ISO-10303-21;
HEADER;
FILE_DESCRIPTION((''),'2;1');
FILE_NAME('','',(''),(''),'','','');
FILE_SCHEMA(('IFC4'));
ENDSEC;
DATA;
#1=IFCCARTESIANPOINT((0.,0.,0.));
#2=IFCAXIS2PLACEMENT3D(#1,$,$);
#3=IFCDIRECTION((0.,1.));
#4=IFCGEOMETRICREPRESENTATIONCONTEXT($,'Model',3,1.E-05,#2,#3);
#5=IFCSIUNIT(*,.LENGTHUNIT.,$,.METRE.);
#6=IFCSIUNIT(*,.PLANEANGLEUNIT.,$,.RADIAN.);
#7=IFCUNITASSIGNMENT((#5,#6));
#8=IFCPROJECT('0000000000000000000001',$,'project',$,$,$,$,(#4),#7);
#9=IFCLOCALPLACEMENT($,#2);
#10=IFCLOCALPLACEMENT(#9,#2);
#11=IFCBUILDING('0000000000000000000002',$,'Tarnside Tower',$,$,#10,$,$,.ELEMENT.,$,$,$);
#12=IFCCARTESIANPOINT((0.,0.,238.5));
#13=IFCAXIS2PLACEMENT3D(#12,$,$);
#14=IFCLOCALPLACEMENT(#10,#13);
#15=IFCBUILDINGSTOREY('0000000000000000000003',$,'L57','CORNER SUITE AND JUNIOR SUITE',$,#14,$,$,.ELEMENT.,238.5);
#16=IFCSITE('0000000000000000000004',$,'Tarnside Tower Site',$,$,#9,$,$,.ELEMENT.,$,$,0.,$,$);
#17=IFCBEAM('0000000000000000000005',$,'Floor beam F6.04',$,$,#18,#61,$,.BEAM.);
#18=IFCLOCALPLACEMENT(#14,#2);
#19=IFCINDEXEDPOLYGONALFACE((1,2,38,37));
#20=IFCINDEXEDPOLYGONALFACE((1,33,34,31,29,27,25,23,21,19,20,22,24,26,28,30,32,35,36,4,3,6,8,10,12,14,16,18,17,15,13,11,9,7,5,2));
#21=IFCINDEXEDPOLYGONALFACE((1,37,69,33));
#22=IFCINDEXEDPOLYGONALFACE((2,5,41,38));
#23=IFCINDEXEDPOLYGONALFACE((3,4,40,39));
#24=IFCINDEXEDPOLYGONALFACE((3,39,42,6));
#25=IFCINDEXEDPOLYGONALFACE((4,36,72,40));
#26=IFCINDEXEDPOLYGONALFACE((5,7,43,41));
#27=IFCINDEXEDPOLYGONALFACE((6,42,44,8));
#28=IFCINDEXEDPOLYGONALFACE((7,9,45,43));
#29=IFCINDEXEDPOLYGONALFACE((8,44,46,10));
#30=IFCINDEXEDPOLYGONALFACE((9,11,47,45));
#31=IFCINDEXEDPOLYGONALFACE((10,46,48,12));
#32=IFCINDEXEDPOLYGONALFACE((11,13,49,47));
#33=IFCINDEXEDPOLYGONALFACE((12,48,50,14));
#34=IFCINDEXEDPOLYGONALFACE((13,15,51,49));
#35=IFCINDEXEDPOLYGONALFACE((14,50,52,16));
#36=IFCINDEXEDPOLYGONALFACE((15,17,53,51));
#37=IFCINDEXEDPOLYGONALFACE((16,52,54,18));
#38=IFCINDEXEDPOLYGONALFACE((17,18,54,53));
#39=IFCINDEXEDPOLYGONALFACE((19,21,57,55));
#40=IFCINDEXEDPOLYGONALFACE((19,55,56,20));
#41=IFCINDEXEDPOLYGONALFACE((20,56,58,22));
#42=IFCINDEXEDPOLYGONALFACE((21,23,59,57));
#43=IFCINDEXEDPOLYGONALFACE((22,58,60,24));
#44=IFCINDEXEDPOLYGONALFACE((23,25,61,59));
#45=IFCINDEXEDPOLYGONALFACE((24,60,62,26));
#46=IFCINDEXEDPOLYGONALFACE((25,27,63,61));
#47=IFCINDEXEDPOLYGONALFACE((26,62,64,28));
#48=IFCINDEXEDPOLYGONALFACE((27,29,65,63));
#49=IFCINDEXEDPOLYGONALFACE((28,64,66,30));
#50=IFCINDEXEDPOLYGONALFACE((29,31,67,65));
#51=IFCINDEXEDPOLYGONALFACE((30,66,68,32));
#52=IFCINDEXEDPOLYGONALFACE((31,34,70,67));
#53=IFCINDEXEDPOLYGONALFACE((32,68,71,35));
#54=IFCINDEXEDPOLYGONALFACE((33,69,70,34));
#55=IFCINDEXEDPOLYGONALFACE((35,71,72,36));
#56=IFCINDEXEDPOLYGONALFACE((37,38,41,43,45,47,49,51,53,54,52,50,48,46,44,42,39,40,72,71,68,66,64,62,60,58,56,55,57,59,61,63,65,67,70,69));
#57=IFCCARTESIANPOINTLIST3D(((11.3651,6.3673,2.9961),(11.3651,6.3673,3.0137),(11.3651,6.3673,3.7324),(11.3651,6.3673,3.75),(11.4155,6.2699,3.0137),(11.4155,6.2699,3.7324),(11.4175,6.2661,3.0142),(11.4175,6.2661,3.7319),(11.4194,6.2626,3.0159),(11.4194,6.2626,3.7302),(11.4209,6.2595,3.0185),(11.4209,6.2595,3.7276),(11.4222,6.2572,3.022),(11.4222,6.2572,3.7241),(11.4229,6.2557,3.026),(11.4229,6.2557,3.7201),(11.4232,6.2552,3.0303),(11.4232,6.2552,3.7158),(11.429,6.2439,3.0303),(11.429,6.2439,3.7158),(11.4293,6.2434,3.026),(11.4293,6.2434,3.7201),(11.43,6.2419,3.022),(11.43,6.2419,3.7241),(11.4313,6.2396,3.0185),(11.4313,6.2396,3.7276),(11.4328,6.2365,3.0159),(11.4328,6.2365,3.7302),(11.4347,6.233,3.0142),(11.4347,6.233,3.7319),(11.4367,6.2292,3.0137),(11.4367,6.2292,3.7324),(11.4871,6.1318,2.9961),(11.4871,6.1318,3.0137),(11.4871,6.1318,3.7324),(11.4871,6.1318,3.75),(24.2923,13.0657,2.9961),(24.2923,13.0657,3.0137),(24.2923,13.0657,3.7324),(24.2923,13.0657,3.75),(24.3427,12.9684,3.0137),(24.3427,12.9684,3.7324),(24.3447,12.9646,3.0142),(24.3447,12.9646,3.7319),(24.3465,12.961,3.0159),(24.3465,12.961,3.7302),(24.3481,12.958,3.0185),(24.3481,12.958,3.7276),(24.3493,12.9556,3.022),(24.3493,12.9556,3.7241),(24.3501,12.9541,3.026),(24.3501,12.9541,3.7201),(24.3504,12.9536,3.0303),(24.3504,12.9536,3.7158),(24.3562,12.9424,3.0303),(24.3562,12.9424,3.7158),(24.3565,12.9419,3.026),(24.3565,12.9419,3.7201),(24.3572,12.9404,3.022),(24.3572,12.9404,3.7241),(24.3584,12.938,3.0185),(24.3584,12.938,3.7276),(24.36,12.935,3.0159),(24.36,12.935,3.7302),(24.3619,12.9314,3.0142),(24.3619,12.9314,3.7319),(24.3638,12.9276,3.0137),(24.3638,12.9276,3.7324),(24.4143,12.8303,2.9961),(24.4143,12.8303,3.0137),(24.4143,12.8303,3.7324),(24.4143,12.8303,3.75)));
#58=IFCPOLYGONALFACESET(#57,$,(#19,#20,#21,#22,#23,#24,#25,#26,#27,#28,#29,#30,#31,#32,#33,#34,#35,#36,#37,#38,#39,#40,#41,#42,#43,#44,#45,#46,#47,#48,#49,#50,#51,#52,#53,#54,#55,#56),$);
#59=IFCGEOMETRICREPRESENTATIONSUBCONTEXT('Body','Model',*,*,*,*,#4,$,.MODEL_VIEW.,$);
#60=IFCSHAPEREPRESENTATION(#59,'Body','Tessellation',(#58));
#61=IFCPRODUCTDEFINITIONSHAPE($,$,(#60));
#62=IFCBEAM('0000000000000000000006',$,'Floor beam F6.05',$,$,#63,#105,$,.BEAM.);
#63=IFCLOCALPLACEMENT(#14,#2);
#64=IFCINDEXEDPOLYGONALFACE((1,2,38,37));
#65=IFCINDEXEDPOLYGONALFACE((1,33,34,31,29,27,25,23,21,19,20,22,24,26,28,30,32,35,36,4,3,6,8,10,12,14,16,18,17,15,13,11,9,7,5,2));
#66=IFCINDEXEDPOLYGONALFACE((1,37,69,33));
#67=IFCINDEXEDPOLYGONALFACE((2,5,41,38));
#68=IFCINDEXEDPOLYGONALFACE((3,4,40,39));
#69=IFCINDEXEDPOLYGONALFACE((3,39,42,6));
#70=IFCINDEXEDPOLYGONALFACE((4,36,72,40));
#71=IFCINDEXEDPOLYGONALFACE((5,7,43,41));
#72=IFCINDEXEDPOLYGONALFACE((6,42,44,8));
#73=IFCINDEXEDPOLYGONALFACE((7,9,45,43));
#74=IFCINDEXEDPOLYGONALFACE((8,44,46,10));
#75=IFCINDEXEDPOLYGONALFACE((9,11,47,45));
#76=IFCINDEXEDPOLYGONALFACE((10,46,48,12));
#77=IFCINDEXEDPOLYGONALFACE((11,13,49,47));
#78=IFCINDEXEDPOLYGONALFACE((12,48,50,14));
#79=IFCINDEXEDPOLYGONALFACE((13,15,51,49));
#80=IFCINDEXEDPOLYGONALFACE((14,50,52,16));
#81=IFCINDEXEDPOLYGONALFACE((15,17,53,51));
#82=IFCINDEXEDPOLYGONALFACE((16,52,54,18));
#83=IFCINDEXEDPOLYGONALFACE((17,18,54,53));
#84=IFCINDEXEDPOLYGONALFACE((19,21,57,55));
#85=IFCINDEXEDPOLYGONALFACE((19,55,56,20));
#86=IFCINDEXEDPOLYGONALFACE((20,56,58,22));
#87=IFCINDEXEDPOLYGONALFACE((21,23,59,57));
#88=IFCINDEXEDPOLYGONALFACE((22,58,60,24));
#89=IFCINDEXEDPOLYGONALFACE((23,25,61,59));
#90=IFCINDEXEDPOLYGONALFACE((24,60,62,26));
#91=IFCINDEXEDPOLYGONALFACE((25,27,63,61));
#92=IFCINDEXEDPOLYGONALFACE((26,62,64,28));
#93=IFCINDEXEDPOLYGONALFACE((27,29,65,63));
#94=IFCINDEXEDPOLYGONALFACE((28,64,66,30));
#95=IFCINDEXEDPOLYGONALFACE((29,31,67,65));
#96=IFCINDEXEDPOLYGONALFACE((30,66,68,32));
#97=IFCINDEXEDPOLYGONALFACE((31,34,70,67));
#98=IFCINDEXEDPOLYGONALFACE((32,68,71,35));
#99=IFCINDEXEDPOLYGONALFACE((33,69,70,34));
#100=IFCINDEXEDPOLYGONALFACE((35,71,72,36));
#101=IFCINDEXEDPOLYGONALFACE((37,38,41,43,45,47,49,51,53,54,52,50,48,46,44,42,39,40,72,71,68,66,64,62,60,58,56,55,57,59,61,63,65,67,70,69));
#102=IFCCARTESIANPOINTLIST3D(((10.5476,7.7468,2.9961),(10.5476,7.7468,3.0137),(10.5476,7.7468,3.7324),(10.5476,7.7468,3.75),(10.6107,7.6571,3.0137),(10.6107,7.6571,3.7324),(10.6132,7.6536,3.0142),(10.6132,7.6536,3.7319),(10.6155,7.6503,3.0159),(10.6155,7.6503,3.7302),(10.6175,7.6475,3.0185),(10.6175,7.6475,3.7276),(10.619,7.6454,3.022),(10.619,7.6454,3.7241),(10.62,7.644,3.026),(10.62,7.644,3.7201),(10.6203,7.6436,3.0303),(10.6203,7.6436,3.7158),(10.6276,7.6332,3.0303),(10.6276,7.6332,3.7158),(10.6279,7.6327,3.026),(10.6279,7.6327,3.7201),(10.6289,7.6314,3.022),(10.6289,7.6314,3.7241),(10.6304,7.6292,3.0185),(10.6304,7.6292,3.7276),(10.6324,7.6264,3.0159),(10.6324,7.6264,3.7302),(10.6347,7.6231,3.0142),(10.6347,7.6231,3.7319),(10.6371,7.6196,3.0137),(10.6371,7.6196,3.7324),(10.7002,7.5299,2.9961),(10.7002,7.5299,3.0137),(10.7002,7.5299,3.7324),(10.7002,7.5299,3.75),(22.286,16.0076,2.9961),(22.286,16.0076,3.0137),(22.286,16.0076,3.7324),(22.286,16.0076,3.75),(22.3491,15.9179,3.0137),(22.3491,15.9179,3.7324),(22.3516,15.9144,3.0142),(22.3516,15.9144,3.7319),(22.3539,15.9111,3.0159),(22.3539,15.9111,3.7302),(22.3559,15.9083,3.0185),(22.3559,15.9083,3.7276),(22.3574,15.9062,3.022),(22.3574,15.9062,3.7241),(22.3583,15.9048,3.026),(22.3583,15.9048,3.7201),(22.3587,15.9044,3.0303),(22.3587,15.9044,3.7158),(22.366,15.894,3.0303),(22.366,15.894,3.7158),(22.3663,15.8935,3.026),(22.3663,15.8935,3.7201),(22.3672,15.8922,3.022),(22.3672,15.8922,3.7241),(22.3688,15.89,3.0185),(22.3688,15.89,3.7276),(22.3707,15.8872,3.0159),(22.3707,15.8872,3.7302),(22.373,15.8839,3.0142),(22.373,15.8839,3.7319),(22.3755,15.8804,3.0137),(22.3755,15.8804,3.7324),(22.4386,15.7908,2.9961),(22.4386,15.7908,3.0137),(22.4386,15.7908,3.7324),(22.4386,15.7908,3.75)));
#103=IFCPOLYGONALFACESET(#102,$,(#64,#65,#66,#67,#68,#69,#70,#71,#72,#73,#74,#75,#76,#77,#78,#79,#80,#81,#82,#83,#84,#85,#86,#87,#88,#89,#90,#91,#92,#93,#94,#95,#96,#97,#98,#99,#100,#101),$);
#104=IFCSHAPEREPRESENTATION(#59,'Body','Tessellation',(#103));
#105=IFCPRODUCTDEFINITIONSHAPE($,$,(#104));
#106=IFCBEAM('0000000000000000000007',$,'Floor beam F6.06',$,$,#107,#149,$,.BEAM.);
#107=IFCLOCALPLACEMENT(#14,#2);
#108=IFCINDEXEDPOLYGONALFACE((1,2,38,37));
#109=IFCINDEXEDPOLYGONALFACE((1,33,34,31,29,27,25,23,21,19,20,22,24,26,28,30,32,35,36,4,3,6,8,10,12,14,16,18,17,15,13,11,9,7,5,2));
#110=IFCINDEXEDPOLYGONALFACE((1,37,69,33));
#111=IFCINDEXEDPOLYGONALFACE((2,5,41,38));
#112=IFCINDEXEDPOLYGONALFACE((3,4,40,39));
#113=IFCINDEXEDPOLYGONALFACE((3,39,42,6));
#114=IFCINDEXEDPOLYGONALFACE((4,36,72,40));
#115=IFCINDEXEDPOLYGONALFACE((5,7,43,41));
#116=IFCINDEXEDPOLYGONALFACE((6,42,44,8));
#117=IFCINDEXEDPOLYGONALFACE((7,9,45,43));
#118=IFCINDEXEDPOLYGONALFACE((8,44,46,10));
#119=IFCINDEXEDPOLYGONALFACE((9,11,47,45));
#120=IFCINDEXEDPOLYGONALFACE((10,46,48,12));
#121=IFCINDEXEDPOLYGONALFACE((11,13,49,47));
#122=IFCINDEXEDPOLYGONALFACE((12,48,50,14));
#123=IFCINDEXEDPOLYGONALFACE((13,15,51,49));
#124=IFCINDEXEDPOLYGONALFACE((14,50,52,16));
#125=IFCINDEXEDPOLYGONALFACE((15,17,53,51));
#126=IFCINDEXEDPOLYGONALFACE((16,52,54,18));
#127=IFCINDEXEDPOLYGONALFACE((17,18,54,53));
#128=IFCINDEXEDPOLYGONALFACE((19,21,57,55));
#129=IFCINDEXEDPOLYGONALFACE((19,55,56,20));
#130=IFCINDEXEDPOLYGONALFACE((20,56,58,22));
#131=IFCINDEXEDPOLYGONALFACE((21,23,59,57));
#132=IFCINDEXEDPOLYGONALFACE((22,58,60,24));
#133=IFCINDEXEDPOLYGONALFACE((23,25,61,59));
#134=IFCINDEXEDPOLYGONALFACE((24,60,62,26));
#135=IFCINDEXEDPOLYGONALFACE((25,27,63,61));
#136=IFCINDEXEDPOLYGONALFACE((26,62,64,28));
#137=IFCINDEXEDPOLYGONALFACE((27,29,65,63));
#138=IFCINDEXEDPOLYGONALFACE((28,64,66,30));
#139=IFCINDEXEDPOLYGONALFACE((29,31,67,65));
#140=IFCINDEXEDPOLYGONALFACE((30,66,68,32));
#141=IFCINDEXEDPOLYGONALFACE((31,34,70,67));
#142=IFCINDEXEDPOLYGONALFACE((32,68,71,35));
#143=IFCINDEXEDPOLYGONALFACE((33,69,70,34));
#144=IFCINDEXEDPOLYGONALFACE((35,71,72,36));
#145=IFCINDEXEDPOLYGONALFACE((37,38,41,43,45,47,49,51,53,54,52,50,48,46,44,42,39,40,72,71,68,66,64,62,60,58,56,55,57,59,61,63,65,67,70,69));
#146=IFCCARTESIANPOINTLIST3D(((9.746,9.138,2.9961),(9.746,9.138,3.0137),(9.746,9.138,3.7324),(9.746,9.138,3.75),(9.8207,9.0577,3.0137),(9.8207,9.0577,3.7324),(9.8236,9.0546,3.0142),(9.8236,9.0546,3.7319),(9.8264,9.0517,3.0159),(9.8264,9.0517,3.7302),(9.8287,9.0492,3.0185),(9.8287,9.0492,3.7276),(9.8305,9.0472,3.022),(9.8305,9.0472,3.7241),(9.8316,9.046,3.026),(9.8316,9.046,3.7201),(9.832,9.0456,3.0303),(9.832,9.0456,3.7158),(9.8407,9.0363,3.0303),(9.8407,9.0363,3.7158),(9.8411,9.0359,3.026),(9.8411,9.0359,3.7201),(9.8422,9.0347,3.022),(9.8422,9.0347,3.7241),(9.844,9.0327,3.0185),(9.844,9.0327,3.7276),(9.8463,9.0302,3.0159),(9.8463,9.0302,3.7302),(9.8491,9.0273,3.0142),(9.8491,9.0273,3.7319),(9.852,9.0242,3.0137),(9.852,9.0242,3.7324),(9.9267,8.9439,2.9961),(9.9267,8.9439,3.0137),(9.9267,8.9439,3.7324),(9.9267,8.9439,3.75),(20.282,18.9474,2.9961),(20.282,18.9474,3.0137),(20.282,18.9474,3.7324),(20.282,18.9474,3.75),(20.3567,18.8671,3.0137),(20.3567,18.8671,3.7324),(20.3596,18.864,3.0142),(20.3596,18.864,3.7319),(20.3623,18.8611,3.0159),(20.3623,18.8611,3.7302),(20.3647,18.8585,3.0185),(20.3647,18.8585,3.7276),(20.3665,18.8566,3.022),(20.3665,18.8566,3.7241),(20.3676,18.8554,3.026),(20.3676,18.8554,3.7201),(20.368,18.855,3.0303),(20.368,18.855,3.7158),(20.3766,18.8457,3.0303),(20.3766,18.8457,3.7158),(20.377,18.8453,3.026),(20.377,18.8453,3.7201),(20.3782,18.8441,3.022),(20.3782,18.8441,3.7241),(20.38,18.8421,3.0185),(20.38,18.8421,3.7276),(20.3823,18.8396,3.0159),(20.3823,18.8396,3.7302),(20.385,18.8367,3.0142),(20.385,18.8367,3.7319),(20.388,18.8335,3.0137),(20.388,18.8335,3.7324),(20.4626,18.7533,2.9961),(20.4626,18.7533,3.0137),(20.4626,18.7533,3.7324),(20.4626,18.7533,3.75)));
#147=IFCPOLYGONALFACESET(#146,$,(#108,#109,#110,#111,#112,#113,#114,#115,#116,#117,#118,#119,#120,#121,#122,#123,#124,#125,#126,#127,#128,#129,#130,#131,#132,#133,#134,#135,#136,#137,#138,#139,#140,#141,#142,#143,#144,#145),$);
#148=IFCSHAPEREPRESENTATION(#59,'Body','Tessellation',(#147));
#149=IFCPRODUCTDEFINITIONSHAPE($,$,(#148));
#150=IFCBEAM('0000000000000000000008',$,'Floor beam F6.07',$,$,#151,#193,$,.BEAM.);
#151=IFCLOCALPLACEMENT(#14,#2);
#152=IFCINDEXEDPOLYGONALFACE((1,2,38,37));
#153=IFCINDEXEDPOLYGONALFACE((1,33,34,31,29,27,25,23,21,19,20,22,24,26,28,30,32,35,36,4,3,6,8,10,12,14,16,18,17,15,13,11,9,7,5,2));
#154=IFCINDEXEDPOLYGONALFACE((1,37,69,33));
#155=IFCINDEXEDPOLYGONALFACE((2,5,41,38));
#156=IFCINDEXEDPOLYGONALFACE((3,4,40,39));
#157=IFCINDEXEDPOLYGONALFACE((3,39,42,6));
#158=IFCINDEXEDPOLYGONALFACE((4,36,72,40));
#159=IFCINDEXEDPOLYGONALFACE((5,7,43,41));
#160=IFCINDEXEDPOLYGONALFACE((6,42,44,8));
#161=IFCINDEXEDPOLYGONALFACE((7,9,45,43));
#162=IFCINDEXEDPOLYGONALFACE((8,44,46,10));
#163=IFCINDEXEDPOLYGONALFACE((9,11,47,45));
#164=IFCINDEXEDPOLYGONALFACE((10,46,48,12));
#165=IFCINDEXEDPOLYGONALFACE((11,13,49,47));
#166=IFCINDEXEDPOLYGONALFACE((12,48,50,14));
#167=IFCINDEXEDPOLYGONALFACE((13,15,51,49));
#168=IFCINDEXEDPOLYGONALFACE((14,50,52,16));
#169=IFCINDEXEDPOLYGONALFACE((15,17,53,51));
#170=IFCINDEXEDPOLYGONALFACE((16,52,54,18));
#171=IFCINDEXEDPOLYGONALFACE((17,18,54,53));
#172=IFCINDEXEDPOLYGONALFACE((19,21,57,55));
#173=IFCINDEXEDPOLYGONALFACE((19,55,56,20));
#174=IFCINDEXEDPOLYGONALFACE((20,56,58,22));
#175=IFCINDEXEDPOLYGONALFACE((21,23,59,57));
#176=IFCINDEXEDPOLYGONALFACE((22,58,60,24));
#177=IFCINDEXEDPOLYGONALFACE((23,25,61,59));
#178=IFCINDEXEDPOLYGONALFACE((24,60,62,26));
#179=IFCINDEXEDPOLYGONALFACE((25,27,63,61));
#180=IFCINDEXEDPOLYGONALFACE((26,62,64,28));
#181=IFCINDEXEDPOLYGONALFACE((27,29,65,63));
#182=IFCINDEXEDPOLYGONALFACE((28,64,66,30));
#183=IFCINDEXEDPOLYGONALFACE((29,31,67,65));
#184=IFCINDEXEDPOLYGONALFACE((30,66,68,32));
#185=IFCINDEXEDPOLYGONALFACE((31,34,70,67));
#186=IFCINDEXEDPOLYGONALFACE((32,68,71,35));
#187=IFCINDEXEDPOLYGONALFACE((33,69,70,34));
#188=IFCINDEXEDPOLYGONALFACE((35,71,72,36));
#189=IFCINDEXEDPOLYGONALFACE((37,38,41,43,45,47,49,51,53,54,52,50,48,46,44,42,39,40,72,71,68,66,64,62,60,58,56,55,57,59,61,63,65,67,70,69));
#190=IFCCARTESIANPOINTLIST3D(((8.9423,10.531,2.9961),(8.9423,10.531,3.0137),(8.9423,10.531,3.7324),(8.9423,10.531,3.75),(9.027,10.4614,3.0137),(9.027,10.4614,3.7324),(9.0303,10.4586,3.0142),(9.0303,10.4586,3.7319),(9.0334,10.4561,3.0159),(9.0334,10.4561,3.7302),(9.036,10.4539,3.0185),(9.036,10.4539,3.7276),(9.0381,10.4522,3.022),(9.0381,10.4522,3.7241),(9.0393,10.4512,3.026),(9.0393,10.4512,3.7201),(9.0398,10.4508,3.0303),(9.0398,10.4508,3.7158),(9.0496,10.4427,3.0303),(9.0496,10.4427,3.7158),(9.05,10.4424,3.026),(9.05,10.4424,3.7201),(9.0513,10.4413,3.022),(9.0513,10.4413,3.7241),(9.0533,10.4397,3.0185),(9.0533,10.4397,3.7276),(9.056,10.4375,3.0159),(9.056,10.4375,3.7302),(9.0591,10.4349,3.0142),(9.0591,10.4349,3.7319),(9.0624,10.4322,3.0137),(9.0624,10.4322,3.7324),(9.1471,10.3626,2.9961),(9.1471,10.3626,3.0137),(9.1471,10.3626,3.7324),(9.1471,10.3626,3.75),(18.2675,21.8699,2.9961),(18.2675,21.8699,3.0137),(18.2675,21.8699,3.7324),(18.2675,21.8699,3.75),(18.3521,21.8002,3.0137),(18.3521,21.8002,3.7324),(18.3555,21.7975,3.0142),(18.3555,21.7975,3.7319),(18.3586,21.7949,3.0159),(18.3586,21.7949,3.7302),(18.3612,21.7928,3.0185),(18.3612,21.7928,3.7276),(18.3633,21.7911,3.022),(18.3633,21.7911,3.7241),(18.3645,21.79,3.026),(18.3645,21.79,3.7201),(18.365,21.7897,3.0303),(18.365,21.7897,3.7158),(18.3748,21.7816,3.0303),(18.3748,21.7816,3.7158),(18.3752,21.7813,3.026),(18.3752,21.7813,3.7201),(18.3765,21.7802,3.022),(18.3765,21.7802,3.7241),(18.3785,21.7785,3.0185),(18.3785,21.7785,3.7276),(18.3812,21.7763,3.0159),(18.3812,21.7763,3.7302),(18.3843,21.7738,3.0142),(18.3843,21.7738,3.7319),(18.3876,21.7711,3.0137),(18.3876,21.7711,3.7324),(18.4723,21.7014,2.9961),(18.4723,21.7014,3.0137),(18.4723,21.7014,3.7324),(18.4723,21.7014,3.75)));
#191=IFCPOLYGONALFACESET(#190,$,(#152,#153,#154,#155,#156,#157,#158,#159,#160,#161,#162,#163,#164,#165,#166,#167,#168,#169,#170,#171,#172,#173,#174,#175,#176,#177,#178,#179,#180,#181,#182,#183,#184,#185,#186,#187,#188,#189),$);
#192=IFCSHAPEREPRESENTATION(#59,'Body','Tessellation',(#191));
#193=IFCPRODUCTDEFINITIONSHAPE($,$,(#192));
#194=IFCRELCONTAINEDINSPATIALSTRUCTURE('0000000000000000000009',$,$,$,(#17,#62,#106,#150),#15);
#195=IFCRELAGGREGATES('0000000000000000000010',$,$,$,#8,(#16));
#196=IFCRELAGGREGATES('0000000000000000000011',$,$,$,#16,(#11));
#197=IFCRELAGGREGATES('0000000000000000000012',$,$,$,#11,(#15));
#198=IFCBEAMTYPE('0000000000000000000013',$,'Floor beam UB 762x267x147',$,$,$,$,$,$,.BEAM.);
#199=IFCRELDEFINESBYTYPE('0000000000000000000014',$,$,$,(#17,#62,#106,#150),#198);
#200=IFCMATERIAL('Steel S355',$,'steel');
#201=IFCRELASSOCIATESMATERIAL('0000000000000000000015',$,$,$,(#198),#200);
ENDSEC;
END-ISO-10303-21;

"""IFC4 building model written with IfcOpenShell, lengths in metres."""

from ifc_helpers import new_model, si_unit, direction, frame, origin, origin_2d, place, context, subcontext, project, spatial, i_section, extrude, material, material_profile, profile_set, type_object, element, save


model = new_model("IFC4")

# Units and contexts
model_context = context("Model", 3, precision=1e-05, world=origin(), true_north=direction((0.0, 1.0)))
body_context = subcontext(model_context, "Body", "Model", "MODEL_VIEW")
ifc_project = project(units=[si_unit("LENGTHUNIT", "METRE"), si_unit("PLANEANGLEUNIT", "RADIAN")], contexts=[model_context])

# Site, building, storey
site_placement = place(None, origin())
site = spatial("IfcSite", under=ifc_project, at=site_placement, Name="Tarnside Tower Site", CompositionType="ELEMENT", RefElevation=0.0)
building_placement = place(site_placement, origin())
building = spatial("IfcBuilding", under=site, at=building_placement, Name="Tarnside Tower", CompositionType="ELEMENT")
storey_placement = place(building_placement, frame((0.0, 0.0, 238.5)))
storey = spatial("IfcBuildingStorey", under=building, at=storey_placement, Name="L57", Description="CORNER SUITE AND JUNIOR SUITE", CompositionType="ELEMENT", Elevation=238.5)

# Beams
ifc_material_1 = material(Name="Steel S355", Category="steel")
ifc_material_profile_1 = material_profile(ifc_material_1, i_section(OverallWidth=0.2651, OverallDepth=0.7539, WebThickness=0.0127, FlangeThickness=0.0176, FilletRadius=0.0166, at=origin_2d()), Name="UB 762x267x147")
ifc_profile_set_1 = profile_set([ifc_material_profile_1], Name="Steel S355")
beam_type_1 = type_object("IfcBeamType", Name="Floor beam UB 762x267x147", PredefinedType="BEAM", material=ifc_profile_set_1)
beam_1_placement = place(storey_placement, frame((24.3533, 12.948, 3.373), z_axis=(-0.887882, -0.460072, 0.0), x_axis=(0.460072, -0.887882, 0.0)))
element("IfcBeam", 1, at=beam_1_placement, inside=storey, type_object=beam_type_1, Name="Floor beam F6.04", PredefinedType="BEAM", context=body_context, shape_type="SweptSolid", body=[
    extrude(i_section(OverallWidth=0.2651, OverallDepth=0.7539, WebThickness=0.0127, FlangeThickness=0.0176, FilletRadius=0.0166, at=origin_2d()), origin(), (0.0, 0.0, 1.0), 14.5596),
])
beam_2_placement = place(storey_placement, frame((22.3623, 15.8992, 3.373), z_axis=(-0.817791, -0.575515, 0.0), x_axis=(0.575515, -0.817791, 0.0)))
element("IfcBeam", 2, at=beam_2_placement, inside=storey, type_object=beam_type_1, Name="Floor beam F6.05", PredefinedType="BEAM", context=body_context, shape_type="SweptSolid", body=[
    extrude(i_section(OverallWidth=0.2651, OverallDepth=0.7539, WebThickness=0.0127, FlangeThickness=0.0176, FilletRadius=0.0166, at=origin_2d()), origin(), (0.0, 0.0, 1.0), 14.3538),
])
beam_3_placement = place(storey_placement, frame((20.3723, 18.8503, 3.373), z_axis=(-0.731892, -0.68142, 0.0), x_axis=(0.68142, -0.731892, 0.0)))
element("IfcBeam", 3, at=beam_3_placement, inside=storey, type_object=beam_type_1, Name="Floor beam F6.06", PredefinedType="BEAM", context=body_context, shape_type="SweptSolid", body=[
    extrude(i_section(OverallWidth=0.2651, OverallDepth=0.7539, WebThickness=0.0127, FlangeThickness=0.0176, FilletRadius=0.0166, at=origin_2d()), origin(), (0.0, 0.0, 1.0), 14.3955),
])
beam_4_placement = place(storey_placement, frame((18.3699, 21.7856, 3.373), z_axis=(-0.635192, -0.772354, 0.0), x_axis=(0.772354, -0.635192, 0.0)))
element("IfcBeam", 4, at=beam_4_placement, inside=storey, type_object=beam_type_1, Name="Floor beam F6.07", PredefinedType="BEAM", context=body_context, shape_type="SweptSolid", body=[
    extrude(i_section(OverallWidth=0.2651, OverallDepth=0.7539, WebThickness=0.0127, FlangeThickness=0.0176, FilletRadius=0.0166, at=origin_2d()), origin(), (0.0, 0.0, 1.0), 14.6809),
])

save(model, "model.ifc")
